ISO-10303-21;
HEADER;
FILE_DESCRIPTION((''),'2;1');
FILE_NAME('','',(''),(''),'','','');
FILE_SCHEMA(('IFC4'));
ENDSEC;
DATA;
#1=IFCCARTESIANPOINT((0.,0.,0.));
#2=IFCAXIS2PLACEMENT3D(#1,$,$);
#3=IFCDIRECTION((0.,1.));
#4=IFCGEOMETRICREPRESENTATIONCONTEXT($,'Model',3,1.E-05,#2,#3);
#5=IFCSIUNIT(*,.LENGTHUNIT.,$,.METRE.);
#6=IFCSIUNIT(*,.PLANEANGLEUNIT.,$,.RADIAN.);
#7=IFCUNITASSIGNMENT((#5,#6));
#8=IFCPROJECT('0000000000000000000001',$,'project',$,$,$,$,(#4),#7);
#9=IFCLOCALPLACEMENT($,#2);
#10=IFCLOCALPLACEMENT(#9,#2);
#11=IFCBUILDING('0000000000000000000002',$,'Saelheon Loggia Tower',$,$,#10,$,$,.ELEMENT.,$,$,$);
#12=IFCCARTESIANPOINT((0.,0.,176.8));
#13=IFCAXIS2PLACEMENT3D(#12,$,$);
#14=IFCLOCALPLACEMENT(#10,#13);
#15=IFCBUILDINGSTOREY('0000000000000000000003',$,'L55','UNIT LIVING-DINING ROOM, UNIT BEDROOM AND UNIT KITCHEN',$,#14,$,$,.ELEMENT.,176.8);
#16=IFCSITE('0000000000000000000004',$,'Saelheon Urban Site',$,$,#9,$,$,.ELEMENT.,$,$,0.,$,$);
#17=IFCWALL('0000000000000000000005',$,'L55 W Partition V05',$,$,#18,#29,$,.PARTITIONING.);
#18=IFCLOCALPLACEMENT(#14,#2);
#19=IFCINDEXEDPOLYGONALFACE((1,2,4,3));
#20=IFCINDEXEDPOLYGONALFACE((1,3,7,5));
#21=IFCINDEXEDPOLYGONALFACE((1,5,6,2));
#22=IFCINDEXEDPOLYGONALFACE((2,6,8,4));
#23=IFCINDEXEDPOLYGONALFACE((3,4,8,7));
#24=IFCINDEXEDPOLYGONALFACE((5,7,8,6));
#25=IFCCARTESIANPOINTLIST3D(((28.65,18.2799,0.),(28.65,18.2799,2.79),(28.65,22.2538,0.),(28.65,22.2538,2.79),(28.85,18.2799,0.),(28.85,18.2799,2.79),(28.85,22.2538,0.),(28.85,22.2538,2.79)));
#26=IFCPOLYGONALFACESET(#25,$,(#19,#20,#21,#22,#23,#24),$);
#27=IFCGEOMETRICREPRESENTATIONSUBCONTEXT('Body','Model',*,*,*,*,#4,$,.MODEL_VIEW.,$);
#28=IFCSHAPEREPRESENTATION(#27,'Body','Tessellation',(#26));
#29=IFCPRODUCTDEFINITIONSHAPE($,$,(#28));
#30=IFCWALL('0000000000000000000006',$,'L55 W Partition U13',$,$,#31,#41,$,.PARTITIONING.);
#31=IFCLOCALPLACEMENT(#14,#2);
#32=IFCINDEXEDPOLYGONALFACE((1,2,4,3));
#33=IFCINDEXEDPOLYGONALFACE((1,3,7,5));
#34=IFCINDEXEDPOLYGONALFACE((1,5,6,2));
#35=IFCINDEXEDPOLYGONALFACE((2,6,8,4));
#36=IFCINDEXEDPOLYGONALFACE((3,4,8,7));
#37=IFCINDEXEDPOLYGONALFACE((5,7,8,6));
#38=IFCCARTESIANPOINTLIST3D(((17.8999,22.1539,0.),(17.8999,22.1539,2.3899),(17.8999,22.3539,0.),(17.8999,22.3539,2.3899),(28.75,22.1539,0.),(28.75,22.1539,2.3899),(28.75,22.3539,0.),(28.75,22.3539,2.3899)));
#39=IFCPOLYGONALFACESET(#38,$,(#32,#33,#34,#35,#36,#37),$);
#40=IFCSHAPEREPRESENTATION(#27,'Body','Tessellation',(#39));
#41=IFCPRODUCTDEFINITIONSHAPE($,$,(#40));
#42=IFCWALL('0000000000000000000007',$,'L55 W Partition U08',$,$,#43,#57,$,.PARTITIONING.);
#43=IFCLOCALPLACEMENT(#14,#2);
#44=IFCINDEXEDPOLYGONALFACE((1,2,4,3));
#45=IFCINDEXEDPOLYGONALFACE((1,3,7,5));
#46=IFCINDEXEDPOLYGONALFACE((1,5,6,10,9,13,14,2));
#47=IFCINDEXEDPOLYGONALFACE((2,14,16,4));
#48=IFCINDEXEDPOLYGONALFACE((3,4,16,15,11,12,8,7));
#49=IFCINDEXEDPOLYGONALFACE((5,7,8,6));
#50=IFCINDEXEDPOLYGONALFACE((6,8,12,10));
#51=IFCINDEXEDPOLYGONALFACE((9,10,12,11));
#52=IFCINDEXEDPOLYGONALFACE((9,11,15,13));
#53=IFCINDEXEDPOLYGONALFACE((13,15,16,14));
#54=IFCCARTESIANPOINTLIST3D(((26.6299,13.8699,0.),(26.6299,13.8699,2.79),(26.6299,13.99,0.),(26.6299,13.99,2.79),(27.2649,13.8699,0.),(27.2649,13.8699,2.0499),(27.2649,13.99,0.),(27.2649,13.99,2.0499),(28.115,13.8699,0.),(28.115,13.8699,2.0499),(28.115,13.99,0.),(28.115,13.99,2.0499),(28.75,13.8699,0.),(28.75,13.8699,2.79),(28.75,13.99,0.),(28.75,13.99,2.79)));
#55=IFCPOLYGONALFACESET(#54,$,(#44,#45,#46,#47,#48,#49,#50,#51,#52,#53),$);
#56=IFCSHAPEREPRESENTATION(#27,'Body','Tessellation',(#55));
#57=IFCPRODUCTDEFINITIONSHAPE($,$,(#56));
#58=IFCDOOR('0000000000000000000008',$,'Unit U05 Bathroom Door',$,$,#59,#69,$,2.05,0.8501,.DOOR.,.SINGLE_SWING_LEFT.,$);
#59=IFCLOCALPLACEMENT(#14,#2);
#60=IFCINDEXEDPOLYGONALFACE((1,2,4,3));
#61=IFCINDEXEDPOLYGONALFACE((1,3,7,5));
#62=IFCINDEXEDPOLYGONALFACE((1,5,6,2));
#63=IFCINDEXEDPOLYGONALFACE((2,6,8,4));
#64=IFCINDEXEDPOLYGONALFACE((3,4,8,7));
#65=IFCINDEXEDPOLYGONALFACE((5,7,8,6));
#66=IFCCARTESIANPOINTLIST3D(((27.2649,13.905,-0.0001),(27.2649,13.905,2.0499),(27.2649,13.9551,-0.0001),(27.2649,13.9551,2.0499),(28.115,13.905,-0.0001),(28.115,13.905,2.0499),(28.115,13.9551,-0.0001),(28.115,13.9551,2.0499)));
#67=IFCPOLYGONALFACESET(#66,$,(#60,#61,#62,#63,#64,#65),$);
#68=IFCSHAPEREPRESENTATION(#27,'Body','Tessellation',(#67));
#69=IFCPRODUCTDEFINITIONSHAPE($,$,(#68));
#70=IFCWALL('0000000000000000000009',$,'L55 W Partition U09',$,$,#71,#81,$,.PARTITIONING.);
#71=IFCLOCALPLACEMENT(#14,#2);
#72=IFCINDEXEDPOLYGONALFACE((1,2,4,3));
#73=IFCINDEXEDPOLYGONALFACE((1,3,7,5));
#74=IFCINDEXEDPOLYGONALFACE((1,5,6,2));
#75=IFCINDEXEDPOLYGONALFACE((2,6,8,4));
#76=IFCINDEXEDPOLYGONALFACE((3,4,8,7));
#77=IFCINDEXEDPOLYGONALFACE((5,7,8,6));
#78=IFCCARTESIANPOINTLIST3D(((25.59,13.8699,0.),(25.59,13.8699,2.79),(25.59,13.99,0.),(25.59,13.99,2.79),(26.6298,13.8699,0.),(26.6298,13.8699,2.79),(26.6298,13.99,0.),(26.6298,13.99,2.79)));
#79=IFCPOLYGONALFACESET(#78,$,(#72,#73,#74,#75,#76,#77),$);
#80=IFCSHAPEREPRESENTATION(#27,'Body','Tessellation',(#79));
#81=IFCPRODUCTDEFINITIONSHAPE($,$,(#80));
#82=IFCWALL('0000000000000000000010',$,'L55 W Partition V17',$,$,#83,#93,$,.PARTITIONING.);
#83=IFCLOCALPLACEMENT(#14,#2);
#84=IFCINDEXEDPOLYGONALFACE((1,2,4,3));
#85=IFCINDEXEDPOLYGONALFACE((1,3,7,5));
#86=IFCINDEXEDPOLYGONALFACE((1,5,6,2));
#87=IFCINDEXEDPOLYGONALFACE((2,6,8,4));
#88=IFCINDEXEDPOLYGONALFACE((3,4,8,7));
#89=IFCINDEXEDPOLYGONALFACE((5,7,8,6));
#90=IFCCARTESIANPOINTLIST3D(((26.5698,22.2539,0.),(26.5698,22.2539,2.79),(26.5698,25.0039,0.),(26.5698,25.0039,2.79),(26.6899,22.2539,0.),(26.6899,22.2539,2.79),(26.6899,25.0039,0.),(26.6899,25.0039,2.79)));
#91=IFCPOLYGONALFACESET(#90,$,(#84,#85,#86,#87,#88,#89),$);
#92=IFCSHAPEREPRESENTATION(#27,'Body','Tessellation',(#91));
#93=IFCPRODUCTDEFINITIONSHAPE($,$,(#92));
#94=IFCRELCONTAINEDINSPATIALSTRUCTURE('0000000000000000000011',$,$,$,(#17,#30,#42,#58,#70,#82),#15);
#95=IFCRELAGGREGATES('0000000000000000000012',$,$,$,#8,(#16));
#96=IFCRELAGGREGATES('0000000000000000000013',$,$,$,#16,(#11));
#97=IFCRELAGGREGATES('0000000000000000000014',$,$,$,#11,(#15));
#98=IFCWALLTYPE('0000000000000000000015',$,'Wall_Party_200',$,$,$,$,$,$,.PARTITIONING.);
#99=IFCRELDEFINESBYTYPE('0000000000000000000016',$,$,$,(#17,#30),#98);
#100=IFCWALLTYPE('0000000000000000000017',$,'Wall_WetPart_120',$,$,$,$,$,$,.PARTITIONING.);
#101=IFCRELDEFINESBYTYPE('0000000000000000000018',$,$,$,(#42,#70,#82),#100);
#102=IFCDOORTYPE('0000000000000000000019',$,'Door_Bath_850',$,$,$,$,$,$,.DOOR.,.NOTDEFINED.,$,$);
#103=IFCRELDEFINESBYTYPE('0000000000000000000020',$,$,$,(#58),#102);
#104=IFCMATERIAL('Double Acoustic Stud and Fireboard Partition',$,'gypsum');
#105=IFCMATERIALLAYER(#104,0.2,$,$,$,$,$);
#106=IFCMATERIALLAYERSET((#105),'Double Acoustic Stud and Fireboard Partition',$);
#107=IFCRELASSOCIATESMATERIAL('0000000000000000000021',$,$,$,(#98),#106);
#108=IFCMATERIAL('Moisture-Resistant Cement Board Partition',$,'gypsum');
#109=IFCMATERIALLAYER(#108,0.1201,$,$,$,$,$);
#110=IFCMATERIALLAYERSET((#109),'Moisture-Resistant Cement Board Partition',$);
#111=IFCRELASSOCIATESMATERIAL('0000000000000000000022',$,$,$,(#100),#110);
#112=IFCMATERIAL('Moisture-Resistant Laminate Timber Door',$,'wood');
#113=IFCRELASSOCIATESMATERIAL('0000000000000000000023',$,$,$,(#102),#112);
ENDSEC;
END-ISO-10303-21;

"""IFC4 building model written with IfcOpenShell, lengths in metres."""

from ifc_helpers import new_model, si_unit, direction, frame, frame_2d, origin, place, context, subcontext, project, spatial, rectangle, extrude, source, transform, mapped, material, layer, layer_set, type_object, element, fill, save


model = new_model("IFC4")

# Units and contexts
model_context = context("Model", 3, precision=1e-05, world=origin(), true_north=direction((0.0, 1.0)))
body_context = subcontext(model_context, "Body", "Model", "MODEL_VIEW")
ifc_project = project(units=[si_unit("LENGTHUNIT", "METRE"), si_unit("PLANEANGLEUNIT", "RADIAN")], contexts=[model_context])

# Site, building, storey
site_placement = place(None, origin())
site = spatial("IfcSite", under=ifc_project, at=site_placement, Name="Saelheon Urban Site", CompositionType="ELEMENT", RefElevation=0.0)
building_placement = place(site_placement, origin())
building = spatial("IfcBuilding", under=site, at=building_placement, Name="Saelheon Loggia Tower", CompositionType="ELEMENT")
storey_placement = place(building_placement, frame((0.0, 0.0, 176.8)))
storey = spatial("IfcBuildingStorey", under=building, at=storey_placement, Name="L55", Description="UNIT LIVING-DINING ROOM, UNIT BEDROOM AND UNIT KITCHEN", CompositionType="ELEMENT", Elevation=176.8)

# Shared definitions
ifc_material_1 = material(Name="Double Acoustic Stud and Fireboard Partition", Category="gypsum")
ifc_layer_1 = layer(ifc_material_1, 0.2)
ifc_layer_set_1 = layer_set([ifc_layer_1], Name="Double Acoustic Stud and Fireboard Partition")
wall_type_1 = type_object("IfcWallType", Name="Wall_Party_200", PredefinedType="PARTITIONING", material=ifc_layer_set_1)

# Walls
wall_1_placement = place(storey_placement, frame((28.75, 18.28, 0.0), z_axis=(0.0, 0.0, 1.0), x_axis=(0.0, 1.0, 0.0)))
element("IfcWall", 1, at=wall_1_placement, inside=storey, type_object=wall_type_1, Name="L55 W Partition V05", PredefinedType="PARTITIONING", context=body_context, shape_type="SweptSolid", body=[
    extrude(rectangle(XDim=3.9739, YDim=0.2, at=frame_2d((1.9868, 0.0))), origin(), (0.0, 0.0, 1.0), 2.79),
])
wall_2_placement = place(storey_placement, frame((28.75, 22.2539, 0.0), z_axis=(0.0, 0.0, 1.0), x_axis=(-1.0, 0.0, 0.0)))
element("IfcWall", 2, at=wall_2_placement, inside=storey, type_object=wall_type_1, Name="L55 W Partition U13", PredefinedType="PARTITIONING", context=body_context, shape_type="SweptSolid", body=[
    extrude(rectangle(XDim=10.8501, YDim=0.2, at=frame_2d((5.425, 0.0))), origin(), (0.0, 0.0, 1.0), 2.3899),
])

# Wall, opening, door
ifc_material_2 = material(Name="Moisture-Resistant Cement Board Partition", Category="gypsum")
ifc_layer_2 = layer(ifc_material_2, 0.1201)
ifc_layer_set_2 = layer_set([ifc_layer_2], Name="Moisture-Resistant Cement Board Partition")
wall_type_2 = type_object("IfcWallType", Name="Wall_WetPart_120", PredefinedType="PARTITIONING", material=ifc_layer_set_2)
wall_3_placement = place(storey_placement, frame((28.75, 13.9299, 0.0), z_axis=(0.0, 0.0, 1.0), x_axis=(-1.0, 0.0, 0.0)))
wall_3 = element("IfcWall", 3, at=wall_3_placement, inside=storey, type_object=wall_type_2, Name="L55 W Partition U08", PredefinedType="PARTITIONING", context=body_context, shape_type="SweptSolid", body=[
    extrude(rectangle(XDim=2.1201, YDim=0.1201, at=frame_2d((1.0601, 0.0))), origin(), (0.0, 0.0, 1.0), 2.79),
])
opening_1_placement = place(wall_3_placement, frame((0.635, 0.0, 0.0)))
opening_1 = element("IfcOpeningElement", 4, at=opening_1_placement, cuts=wall_3, PredefinedType="OPENING", context=body_context, shape_type="SweptSolid", body=[
    extrude(rectangle(XDim=0.8501, YDim=2.05, at=frame_2d((0.425, 1.0249))), frame((0.0, 0.072, 0.0), z_axis=(0.0, -1.0, 0.0), x_axis=(1.0, 0.0, 0.0)), (0.0, 0.0, 1.0), 0.144),
])
ifc_material_3 = material(Name="Moisture-Resistant Laminate Timber Door", Category="wood")
door_type_1 = type_object("IfcDoorType", Name="Door_Bath_850", OperationType="NOTDEFINED", PredefinedType="DOOR", material=ifc_material_3)
shared_shape_1 = source(origin(), body_context, "Body", "SweptSolid", [
    extrude(rectangle(XDim=0.8501, YDim=2.05, at=frame_2d((0.425, 1.0249))), frame((0.0, 0.0249, 0.0), z_axis=(0.0, -1.0, 0.0), x_axis=(1.0, 0.0, 0.0)), (0.0, 0.0, 1.0), 0.05),
])
door_1_placement = place(opening_1_placement, origin())
door_1 = element("IfcDoor", 5, at=door_1_placement, inside=storey, type_object=door_type_1, Name="Unit U05 Bathroom Door", OperationType="SINGLE_SWING_LEFT", OverallHeight=2.05, OverallWidth=0.8501, PredefinedType="DOOR", context=body_context, shape_type="MappedRepresentation", body=[
    mapped(shared_shape_1, transform((0.0, 0.0, 0.0), scale=1.0)),
])
fill(opening_1, door_1)

# Walls
wall_4_placement = place(storey_placement, frame((26.6299, 13.9299, 0.0), z_axis=(0.0, 0.0, 1.0), x_axis=(-1.0, 0.0, 0.0)))
element("IfcWall", 6, at=wall_4_placement, inside=storey, type_object=wall_type_2, Name="L55 W Partition U09", PredefinedType="PARTITIONING", context=body_context, shape_type="SweptSolid", body=[
    extrude(rectangle(XDim=1.0398, YDim=0.1201, at=frame_2d((0.52, 0.0))), origin(), (0.0, 0.0, 1.0), 2.79),
])
wall_5_placement = place(storey_placement, frame((26.6299, 22.2539, 0.0), z_axis=(0.0, 0.0, 1.0), x_axis=(0.0, 1.0, 0.0)))
element("IfcWall", 7, at=wall_5_placement, inside=storey, type_object=wall_type_2, Name="L55 W Partition V17", PredefinedType="PARTITIONING", context=body_context, shape_type="SweptSolid", body=[
    extrude(rectangle(XDim=2.75, YDim=0.1201, at=frame_2d((1.375, 0.0))), origin(), (0.0, 0.0, 1.0), 2.79),
])

save(model, "model.ifc")
